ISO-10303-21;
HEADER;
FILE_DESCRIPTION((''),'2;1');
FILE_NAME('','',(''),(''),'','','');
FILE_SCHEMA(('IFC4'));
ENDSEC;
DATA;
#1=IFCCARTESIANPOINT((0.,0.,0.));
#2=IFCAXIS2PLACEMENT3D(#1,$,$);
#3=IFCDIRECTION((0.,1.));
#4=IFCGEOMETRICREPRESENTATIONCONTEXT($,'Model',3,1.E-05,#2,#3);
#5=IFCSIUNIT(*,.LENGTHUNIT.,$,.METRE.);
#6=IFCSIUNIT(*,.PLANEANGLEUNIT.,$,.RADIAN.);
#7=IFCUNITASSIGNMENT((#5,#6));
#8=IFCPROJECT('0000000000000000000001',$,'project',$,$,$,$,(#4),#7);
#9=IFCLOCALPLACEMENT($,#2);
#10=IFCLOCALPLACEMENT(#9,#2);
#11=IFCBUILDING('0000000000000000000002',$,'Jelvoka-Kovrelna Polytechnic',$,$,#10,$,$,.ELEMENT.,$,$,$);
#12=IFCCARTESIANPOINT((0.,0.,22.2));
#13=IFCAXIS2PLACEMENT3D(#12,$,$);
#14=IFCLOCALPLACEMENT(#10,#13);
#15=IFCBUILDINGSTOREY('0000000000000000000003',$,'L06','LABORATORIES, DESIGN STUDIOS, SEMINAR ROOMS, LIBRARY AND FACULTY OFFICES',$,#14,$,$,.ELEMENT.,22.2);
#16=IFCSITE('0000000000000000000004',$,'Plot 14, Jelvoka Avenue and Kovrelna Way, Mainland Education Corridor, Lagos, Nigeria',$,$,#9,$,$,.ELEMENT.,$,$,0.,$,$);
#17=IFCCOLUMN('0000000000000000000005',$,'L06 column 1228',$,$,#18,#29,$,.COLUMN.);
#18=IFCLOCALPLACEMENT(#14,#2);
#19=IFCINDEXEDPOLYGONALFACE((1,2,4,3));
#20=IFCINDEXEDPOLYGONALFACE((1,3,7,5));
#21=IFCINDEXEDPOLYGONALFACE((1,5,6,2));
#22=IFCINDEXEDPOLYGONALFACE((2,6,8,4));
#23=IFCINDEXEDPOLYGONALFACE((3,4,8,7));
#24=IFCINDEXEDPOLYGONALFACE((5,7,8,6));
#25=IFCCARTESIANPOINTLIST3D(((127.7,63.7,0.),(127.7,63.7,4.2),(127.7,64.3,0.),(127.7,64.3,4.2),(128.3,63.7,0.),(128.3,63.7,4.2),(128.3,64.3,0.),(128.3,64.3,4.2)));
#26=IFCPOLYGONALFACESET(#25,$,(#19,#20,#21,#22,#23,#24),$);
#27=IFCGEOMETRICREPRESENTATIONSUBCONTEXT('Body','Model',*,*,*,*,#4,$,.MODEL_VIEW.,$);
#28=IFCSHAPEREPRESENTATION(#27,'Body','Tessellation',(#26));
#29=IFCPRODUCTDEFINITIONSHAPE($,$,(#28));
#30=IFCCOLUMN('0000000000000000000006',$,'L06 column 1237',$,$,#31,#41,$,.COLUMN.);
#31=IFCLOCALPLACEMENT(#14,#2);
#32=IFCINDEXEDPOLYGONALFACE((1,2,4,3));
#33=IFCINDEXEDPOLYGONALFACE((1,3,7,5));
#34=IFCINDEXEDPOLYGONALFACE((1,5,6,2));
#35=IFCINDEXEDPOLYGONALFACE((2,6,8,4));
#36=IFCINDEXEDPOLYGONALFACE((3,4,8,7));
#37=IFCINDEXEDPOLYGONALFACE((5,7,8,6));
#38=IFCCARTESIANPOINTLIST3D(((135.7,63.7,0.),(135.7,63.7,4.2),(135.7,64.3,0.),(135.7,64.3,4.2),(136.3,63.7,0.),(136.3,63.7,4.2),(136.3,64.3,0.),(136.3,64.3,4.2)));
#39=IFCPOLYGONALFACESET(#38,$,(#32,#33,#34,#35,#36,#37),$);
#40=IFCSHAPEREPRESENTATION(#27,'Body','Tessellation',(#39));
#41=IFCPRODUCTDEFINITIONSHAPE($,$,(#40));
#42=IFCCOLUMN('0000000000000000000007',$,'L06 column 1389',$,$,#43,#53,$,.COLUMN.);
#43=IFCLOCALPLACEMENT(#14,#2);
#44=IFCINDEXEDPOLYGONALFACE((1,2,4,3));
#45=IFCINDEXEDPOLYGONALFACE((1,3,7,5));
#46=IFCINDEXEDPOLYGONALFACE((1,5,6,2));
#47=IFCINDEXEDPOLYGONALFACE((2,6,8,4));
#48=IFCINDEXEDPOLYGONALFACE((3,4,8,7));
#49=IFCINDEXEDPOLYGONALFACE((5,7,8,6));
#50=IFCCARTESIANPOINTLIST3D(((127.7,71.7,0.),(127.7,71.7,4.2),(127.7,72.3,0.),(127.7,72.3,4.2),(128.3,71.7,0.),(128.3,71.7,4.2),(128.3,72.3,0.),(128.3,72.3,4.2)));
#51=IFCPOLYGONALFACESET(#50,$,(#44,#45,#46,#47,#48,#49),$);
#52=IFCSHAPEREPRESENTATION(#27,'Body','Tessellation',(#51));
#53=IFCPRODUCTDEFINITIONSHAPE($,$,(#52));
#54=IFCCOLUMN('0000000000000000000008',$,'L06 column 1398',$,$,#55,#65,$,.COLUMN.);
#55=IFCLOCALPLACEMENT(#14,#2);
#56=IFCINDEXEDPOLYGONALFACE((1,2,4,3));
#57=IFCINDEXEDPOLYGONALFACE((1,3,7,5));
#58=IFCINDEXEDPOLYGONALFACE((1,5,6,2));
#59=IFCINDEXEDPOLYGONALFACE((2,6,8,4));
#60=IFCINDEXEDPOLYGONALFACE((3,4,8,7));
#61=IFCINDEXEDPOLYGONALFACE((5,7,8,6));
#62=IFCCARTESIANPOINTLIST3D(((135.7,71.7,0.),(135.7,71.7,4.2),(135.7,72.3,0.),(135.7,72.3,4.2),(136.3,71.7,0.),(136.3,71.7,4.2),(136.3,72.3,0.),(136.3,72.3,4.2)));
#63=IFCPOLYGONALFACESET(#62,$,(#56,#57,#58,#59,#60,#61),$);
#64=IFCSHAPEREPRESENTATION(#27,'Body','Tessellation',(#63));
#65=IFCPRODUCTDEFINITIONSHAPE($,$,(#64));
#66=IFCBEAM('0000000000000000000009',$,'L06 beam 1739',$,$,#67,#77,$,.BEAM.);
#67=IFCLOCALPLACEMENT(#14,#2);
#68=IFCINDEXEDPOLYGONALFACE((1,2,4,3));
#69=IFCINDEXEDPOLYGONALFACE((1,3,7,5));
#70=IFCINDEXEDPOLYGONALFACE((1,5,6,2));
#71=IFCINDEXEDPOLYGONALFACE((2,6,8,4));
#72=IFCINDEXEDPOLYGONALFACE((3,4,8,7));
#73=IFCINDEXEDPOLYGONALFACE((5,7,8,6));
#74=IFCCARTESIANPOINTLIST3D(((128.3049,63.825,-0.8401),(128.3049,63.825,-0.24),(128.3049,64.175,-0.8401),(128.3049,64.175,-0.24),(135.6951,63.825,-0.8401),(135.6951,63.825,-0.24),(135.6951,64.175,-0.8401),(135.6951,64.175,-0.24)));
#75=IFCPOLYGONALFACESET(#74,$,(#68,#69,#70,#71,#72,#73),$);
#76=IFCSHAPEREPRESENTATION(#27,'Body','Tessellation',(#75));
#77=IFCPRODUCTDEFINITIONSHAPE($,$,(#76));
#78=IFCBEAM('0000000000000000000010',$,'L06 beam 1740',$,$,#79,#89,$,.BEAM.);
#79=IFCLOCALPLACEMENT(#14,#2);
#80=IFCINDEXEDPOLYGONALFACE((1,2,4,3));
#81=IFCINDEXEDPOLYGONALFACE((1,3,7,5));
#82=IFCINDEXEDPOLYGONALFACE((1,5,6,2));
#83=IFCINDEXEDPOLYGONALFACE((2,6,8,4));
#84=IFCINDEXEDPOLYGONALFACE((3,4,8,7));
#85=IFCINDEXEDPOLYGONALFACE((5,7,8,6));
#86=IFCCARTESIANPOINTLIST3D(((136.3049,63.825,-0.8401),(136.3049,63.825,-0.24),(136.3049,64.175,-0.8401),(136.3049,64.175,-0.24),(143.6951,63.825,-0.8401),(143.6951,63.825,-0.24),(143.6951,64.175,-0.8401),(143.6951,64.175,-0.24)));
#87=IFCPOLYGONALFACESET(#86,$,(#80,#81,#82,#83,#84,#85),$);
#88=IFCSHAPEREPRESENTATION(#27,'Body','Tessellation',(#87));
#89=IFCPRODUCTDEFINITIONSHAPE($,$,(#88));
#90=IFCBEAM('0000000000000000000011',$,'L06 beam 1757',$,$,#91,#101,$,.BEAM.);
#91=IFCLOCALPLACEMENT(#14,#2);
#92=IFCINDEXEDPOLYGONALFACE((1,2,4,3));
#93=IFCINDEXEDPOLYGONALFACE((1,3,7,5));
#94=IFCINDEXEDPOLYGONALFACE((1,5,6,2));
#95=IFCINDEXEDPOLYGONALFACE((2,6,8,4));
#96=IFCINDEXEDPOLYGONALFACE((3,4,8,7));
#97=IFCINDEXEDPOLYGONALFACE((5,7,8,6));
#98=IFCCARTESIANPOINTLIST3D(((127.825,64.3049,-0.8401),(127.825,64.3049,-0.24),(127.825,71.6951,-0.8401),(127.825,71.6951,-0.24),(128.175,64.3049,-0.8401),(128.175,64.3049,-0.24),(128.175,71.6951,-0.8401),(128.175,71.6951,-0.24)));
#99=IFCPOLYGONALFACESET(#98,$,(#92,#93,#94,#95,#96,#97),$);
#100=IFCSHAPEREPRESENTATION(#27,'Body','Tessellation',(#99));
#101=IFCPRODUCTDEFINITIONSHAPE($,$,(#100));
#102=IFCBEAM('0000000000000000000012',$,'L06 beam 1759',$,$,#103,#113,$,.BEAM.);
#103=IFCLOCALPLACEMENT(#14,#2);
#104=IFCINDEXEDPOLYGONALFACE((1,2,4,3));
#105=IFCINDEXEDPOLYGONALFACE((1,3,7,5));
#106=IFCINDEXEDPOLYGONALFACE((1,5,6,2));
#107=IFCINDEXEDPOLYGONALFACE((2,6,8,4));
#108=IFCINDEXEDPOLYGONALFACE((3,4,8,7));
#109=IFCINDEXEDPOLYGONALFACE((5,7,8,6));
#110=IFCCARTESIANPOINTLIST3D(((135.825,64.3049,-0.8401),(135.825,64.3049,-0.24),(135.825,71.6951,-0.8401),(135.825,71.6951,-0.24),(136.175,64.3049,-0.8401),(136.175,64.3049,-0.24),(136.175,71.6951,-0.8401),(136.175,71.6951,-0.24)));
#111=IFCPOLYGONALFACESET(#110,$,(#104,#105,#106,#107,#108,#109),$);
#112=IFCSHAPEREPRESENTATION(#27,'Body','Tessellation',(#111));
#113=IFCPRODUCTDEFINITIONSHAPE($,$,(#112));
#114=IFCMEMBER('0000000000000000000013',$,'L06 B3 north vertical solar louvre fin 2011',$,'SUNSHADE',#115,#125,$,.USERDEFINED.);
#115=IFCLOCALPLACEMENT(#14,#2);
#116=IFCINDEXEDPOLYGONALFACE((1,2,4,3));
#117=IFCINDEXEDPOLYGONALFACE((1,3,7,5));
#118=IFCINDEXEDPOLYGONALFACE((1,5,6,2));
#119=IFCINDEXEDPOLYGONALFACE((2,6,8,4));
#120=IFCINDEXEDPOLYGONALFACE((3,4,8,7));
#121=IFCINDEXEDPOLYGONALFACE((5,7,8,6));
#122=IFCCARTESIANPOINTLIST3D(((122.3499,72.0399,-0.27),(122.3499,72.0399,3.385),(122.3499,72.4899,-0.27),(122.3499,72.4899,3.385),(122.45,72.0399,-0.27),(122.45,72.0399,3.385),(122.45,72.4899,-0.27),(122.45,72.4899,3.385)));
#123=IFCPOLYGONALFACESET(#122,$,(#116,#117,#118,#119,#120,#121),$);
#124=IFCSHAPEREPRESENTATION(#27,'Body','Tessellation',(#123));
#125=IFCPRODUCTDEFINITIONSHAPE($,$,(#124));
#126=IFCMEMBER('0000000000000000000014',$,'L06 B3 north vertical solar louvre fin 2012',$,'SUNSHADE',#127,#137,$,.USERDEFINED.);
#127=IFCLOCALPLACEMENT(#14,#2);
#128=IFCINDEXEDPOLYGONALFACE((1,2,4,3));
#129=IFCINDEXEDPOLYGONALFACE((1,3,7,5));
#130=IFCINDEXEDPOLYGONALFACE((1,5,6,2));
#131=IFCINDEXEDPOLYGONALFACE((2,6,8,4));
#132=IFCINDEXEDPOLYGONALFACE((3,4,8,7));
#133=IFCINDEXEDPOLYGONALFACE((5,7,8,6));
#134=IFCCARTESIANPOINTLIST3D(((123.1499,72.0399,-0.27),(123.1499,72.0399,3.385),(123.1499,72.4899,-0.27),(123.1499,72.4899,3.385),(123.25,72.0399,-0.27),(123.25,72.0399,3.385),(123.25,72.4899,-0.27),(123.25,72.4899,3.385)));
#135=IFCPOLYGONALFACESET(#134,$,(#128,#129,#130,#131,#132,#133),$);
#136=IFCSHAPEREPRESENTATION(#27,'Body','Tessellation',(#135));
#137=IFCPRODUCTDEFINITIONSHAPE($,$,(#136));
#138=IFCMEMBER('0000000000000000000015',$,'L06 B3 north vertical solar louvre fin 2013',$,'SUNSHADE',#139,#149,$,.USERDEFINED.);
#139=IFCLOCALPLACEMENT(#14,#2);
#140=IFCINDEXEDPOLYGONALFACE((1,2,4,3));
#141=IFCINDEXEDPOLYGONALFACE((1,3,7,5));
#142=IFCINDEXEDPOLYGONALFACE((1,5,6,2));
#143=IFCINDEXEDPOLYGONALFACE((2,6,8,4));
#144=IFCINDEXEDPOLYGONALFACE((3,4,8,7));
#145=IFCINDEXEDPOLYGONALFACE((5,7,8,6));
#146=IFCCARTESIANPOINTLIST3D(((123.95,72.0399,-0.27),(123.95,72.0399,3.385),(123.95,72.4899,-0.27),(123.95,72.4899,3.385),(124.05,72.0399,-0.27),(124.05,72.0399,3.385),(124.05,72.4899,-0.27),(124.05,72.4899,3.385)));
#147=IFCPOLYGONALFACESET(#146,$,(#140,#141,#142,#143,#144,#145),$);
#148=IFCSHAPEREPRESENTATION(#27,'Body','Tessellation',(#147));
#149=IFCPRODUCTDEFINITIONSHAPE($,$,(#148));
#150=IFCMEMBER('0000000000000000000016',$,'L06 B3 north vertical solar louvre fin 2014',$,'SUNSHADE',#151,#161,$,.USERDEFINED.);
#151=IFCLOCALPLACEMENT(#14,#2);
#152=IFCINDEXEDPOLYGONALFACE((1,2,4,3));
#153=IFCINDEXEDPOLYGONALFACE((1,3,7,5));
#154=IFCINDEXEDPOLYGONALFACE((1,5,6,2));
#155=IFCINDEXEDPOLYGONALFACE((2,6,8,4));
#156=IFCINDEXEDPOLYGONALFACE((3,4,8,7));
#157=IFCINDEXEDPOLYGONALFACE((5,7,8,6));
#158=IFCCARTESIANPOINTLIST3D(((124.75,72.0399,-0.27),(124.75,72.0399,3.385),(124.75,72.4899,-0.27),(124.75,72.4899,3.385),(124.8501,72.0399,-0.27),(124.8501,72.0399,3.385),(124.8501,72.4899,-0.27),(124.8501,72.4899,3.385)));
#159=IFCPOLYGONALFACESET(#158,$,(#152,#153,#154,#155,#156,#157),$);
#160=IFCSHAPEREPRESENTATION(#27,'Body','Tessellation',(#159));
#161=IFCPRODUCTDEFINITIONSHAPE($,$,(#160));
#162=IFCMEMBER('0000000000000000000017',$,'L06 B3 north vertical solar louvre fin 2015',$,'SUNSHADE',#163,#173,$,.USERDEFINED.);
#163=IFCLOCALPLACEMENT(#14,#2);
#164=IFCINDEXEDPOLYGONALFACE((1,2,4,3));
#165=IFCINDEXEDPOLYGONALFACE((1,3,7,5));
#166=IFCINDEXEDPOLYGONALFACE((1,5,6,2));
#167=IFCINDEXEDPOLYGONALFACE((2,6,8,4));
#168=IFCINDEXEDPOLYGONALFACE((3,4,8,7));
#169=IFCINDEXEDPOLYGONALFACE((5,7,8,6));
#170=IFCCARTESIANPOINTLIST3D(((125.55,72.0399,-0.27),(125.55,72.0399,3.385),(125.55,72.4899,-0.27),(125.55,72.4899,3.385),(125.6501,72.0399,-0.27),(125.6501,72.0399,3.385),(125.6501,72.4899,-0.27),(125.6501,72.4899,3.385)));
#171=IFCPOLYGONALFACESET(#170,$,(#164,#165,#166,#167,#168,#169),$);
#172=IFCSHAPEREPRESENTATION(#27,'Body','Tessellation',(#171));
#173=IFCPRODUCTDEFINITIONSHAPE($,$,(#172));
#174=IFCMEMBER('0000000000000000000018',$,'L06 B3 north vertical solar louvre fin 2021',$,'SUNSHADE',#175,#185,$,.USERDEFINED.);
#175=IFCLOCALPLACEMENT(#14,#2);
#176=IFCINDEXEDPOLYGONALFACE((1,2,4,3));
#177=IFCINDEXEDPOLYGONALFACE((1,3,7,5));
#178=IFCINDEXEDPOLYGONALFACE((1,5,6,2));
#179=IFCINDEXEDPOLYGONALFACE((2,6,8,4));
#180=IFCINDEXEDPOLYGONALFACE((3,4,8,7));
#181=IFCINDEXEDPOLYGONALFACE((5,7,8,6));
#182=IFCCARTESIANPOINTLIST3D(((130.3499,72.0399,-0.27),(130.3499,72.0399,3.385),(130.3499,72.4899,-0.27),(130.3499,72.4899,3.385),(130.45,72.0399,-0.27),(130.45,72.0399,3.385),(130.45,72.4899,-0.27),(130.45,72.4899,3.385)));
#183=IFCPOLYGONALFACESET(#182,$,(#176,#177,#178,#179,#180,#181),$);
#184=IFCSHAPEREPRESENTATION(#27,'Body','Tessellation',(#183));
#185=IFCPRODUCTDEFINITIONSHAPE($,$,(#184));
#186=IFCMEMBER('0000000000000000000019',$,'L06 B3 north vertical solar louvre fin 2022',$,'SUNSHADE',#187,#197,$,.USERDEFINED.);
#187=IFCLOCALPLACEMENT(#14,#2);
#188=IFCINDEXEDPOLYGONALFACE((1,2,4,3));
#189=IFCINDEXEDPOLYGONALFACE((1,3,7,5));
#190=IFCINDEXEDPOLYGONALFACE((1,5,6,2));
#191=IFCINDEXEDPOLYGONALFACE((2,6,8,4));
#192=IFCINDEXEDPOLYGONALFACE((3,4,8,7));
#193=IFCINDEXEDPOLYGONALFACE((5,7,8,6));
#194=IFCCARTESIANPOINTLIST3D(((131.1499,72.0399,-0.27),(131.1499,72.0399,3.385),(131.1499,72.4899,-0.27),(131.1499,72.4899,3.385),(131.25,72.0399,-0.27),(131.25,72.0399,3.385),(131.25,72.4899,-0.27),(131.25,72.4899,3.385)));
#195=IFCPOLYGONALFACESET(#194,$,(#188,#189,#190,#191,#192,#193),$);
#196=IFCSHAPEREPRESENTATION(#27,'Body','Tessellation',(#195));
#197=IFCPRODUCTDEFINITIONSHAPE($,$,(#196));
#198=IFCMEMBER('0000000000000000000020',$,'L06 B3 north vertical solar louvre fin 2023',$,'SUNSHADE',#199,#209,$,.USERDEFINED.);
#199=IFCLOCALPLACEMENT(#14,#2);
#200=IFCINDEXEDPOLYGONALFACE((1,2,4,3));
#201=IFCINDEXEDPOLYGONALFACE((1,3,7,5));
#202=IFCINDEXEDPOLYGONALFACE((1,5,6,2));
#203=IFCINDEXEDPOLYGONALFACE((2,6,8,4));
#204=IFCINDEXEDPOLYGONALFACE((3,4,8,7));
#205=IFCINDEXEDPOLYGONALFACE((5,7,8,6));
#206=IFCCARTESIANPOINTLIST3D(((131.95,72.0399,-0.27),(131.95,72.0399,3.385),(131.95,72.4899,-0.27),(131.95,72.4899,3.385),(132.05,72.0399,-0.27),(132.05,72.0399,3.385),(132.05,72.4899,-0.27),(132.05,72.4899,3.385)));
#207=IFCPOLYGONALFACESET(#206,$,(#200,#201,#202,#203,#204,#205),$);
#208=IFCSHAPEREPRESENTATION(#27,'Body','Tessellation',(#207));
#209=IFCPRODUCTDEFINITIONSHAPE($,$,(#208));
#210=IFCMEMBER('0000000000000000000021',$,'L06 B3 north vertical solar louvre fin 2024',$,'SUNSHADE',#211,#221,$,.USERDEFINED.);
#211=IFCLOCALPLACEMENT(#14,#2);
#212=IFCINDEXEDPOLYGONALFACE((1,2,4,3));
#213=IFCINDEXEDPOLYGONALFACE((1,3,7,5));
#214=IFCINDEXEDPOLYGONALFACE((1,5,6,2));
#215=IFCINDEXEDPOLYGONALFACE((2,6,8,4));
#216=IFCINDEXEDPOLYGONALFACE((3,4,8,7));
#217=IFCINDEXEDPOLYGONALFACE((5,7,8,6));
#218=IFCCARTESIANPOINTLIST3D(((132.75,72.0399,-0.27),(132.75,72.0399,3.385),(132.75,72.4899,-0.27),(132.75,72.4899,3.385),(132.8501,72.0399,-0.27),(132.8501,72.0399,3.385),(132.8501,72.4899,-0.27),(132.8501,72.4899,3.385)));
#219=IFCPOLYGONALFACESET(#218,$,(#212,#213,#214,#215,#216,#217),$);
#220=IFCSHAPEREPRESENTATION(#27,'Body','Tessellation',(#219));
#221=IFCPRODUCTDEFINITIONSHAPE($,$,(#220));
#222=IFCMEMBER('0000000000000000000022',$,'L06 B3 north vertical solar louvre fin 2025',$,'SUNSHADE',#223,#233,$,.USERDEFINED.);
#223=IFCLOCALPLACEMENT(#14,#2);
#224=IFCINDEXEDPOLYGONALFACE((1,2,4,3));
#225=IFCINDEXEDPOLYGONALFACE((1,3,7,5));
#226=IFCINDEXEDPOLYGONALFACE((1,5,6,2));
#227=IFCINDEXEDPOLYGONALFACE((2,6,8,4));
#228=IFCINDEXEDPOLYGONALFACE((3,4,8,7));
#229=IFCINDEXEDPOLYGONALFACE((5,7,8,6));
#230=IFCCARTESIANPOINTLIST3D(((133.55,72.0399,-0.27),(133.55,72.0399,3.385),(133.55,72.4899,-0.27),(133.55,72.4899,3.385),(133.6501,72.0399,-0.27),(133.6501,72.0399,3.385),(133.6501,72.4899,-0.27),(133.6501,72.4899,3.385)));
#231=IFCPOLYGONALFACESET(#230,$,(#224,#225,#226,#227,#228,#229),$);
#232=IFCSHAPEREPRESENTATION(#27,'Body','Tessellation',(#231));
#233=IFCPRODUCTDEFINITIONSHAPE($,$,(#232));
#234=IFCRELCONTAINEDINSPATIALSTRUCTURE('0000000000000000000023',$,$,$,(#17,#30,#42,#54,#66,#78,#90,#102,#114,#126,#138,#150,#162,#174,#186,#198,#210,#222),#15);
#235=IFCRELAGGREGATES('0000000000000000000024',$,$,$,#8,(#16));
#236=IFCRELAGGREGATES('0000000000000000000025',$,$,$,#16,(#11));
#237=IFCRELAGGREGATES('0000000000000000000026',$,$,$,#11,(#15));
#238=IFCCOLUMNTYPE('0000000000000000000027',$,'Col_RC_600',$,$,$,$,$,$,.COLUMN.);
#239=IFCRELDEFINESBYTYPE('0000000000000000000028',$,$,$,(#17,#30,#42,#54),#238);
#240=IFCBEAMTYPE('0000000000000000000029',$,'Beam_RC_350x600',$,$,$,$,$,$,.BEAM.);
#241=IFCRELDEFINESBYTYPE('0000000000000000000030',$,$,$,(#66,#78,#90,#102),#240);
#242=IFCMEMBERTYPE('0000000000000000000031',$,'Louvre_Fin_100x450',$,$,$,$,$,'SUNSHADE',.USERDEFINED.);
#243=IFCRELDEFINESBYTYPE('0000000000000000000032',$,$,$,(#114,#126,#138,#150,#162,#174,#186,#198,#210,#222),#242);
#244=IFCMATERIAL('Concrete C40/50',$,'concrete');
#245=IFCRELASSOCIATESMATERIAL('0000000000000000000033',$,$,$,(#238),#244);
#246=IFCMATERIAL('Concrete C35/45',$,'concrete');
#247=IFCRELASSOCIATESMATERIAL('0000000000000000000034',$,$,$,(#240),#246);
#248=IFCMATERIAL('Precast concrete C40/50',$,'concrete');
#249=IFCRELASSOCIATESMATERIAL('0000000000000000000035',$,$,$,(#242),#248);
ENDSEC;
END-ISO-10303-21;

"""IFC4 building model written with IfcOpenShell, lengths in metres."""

from ifc_helpers import new_model, si_unit, direction, frame, origin, origin_2d, place, context, subcontext, project, spatial, rectangle, extrude, material, material_profile, profile_set, type_object, element, save


model = new_model("IFC4")

# Units and contexts
model_context = context("Model", 3, precision=1e-05, world=origin(), true_north=direction((0.0, 1.0)))
body_context = subcontext(model_context, "Body", "Model", "MODEL_VIEW")
ifc_project = project(units=[si_unit("LENGTHUNIT", "METRE"), si_unit("PLANEANGLEUNIT", "RADIAN")], contexts=[model_context])

# Site, building, storey
site_placement = place(None, origin())
site = spatial("IfcSite", under=ifc_project, at=site_placement, Name="Plot 14, Jelvoka Avenue and Kovrelna Way, Mainland Education Corridor, Lagos, Nigeria", CompositionType="ELEMENT", RefElevation=0.0)
building_placement = place(site_placement, origin())
building = spatial("IfcBuilding", under=site, at=building_placement, Name="Jelvoka-Kovrelna Polytechnic", CompositionType="ELEMENT")
storey_placement = place(building_placement, frame((0.0, 0.0, 22.2)))
storey = spatial("IfcBuildingStorey", under=building, at=storey_placement, Name="L06", Description="LABORATORIES, DESIGN STUDIOS, SEMINAR ROOMS, LIBRARY AND FACULTY OFFICES", CompositionType="ELEMENT", Elevation=22.2)

# Columns
ifc_material_1 = material(Name="Concrete C40/50", Category="concrete")
ifc_material_profile_1 = material_profile(ifc_material_1, rectangle(XDim=0.6001, YDim=0.6001, at=origin_2d()), Name="RC 600x600")
ifc_profile_set_1 = profile_set([ifc_material_profile_1], Name="Concrete C40/50")
column_type = type_object("IfcColumnType", Name="Col_RC_600", PredefinedType="COLUMN", material=ifc_profile_set_1)
for number, where, z_axis, x_axis, name in (
    (1, (128.0, 64.0, 0.0), (0.0, 0.0, 1.0), (1.0, 0.0, 0.0), "L06 column 1228"),
    (2, (136.0, 64.0, 0.0), (0.0, 0.0, 1.0), (1.0, 0.0, 0.0), "L06 column 1237"),
    (3, (128.0, 72.0, 0.0), (0.0, 0.0, 1.0), (1.0, 0.0, 0.0), "L06 column 1389"),
    (4, (136.0, 72.0, 0.0), (0.0, 0.0, 1.0), (1.0, 0.0, 0.0), "L06 column 1398"),
):
    element("IfcColumn", number, at=place(storey_placement, frame(where, z_axis=z_axis, x_axis=x_axis)), inside=storey, type_object=column_type, Name=name, PredefinedType="COLUMN", context=body_context, shape_type="SweptSolid", body=[
        extrude(rectangle(XDim=0.6001, YDim=0.6001, at=origin_2d()), origin(), (0.0, 0.0, 1.0), 4.2),
    ])

# Beams
ifc_material_2 = material(Name="Concrete C35/45", Category="concrete")
ifc_material_profile_2 = material_profile(ifc_material_2, rectangle(XDim=0.3501, YDim=0.6001, at=origin_2d()), Name="RC 350x600")
ifc_profile_set_2 = profile_set([ifc_material_profile_2], Name="Concrete C35/45")
beam_type_1 = type_object("IfcBeamType", Name="Beam_RC_350x600", PredefinedType="BEAM", material=ifc_profile_set_2)
for number, where, z_axis, x_axis, name in (
    (5, (128.3049, 64.0, -0.54), (1.0, 0.0, 0.0), (0.0, 1.0, 0.0), "L06 beam 1739"),
    (6, (136.3049, 64.0, -0.54), (1.0, 0.0, 0.0), (0.0, 1.0, 0.0), "L06 beam 1740"),
    (7, (128.0, 64.3049, -0.54), (0.0, 1.0, 0.0), (-1.0, 0.0, 0.0), "L06 beam 1757"),
    (8, (136.0, 64.3049, -0.54), (0.0, 1.0, 0.0), (-1.0, 0.0, 0.0), "L06 beam 1759"),
):
    element("IfcBeam", number, at=place(storey_placement, frame(where, z_axis=z_axis, x_axis=x_axis)), inside=storey, type_object=beam_type_1, Name=name, PredefinedType="BEAM", context=body_context, shape_type="SweptSolid", body=[
        extrude(rectangle(XDim=0.3501, YDim=0.6001, at=origin_2d()), origin(), (0.0, 0.0, 1.0), 7.3901),
    ])

# Members
ifc_material_3 = material(Name="Precast concrete C40/50", Category="concrete")
ifc_material_profile_3 = material_profile(ifc_material_3, rectangle(XDim=0.1001, YDim=0.45, at=origin_2d()), Name="PC 100x450")
ifc_profile_set_3 = profile_set([ifc_material_profile_3], Name="Precast concrete C40/50")
member_type = type_object("IfcMemberType", Name="Louvre_Fin_100x450", ElementType="SUNSHADE", PredefinedType="USERDEFINED", material=ifc_profile_set_3)
for number, where, z_axis, x_axis, name in (
    (9, (122.3999, 72.2649, -0.27), (0.0, 0.0, 1.0), (1.0, 0.0, 0.0), "L06 B3 north vertical solar louvre fin 2011"),
    (10, (123.2, 72.2649, -0.27), (0.0, 0.0, 1.0), (1.0, 0.0, 0.0), "L06 B3 north vertical solar louvre fin 2012"),
    (11, (124.0, 72.2649, -0.27), (0.0, 0.0, 1.0), (1.0, 0.0, 0.0), "L06 B3 north vertical solar louvre fin 2013"),
    (12, (124.8, 72.2649, -0.27), (0.0, 0.0, 1.0), (1.0, 0.0, 0.0), "L06 B3 north vertical solar louvre fin 2014"),
    (13, (125.6001, 72.2649, -0.27), (0.0, 0.0, 1.0), (1.0, 0.0, 0.0), "L06 B3 north vertical solar louvre fin 2015"),
    (14, (130.3999, 72.2649, -0.27), (0.0, 0.0, 1.0), (1.0, 0.0, 0.0), "L06 B3 north vertical solar louvre fin 2021"),
    (15, (131.2, 72.2649, -0.27), (0.0, 0.0, 1.0), (1.0, 0.0, 0.0), "L06 B3 north vertical solar louvre fin 2022"),
    (16, (132.0, 72.2649, -0.27), (0.0, 0.0, 1.0), (1.0, 0.0, 0.0), "L06 B3 north vertical solar louvre fin 2023"),
    (17, (132.8, 72.2649, -0.27), (0.0, 0.0, 1.0), (1.0, 0.0, 0.0), "L06 B3 north vertical solar louvre fin 2024"),
    (18, (133.6001, 72.2649, -0.27), (0.0, 0.0, 1.0), (1.0, 0.0, 0.0), "L06 B3 north vertical solar louvre fin 2025"),
):
    element("IfcMember", number, at=place(storey_placement, frame(where, z_axis=z_axis, x_axis=x_axis)), inside=storey, type_object=member_type, Name=name, ObjectType="SUNSHADE", PredefinedType="USERDEFINED", context=body_context, shape_type="SweptSolid", body=[
        extrude(rectangle(XDim=0.1001, YDim=0.45, at=origin_2d()), origin(), (0.0, 0.0, 1.0), 3.655),
    ])

save(model, "model.ifc")
